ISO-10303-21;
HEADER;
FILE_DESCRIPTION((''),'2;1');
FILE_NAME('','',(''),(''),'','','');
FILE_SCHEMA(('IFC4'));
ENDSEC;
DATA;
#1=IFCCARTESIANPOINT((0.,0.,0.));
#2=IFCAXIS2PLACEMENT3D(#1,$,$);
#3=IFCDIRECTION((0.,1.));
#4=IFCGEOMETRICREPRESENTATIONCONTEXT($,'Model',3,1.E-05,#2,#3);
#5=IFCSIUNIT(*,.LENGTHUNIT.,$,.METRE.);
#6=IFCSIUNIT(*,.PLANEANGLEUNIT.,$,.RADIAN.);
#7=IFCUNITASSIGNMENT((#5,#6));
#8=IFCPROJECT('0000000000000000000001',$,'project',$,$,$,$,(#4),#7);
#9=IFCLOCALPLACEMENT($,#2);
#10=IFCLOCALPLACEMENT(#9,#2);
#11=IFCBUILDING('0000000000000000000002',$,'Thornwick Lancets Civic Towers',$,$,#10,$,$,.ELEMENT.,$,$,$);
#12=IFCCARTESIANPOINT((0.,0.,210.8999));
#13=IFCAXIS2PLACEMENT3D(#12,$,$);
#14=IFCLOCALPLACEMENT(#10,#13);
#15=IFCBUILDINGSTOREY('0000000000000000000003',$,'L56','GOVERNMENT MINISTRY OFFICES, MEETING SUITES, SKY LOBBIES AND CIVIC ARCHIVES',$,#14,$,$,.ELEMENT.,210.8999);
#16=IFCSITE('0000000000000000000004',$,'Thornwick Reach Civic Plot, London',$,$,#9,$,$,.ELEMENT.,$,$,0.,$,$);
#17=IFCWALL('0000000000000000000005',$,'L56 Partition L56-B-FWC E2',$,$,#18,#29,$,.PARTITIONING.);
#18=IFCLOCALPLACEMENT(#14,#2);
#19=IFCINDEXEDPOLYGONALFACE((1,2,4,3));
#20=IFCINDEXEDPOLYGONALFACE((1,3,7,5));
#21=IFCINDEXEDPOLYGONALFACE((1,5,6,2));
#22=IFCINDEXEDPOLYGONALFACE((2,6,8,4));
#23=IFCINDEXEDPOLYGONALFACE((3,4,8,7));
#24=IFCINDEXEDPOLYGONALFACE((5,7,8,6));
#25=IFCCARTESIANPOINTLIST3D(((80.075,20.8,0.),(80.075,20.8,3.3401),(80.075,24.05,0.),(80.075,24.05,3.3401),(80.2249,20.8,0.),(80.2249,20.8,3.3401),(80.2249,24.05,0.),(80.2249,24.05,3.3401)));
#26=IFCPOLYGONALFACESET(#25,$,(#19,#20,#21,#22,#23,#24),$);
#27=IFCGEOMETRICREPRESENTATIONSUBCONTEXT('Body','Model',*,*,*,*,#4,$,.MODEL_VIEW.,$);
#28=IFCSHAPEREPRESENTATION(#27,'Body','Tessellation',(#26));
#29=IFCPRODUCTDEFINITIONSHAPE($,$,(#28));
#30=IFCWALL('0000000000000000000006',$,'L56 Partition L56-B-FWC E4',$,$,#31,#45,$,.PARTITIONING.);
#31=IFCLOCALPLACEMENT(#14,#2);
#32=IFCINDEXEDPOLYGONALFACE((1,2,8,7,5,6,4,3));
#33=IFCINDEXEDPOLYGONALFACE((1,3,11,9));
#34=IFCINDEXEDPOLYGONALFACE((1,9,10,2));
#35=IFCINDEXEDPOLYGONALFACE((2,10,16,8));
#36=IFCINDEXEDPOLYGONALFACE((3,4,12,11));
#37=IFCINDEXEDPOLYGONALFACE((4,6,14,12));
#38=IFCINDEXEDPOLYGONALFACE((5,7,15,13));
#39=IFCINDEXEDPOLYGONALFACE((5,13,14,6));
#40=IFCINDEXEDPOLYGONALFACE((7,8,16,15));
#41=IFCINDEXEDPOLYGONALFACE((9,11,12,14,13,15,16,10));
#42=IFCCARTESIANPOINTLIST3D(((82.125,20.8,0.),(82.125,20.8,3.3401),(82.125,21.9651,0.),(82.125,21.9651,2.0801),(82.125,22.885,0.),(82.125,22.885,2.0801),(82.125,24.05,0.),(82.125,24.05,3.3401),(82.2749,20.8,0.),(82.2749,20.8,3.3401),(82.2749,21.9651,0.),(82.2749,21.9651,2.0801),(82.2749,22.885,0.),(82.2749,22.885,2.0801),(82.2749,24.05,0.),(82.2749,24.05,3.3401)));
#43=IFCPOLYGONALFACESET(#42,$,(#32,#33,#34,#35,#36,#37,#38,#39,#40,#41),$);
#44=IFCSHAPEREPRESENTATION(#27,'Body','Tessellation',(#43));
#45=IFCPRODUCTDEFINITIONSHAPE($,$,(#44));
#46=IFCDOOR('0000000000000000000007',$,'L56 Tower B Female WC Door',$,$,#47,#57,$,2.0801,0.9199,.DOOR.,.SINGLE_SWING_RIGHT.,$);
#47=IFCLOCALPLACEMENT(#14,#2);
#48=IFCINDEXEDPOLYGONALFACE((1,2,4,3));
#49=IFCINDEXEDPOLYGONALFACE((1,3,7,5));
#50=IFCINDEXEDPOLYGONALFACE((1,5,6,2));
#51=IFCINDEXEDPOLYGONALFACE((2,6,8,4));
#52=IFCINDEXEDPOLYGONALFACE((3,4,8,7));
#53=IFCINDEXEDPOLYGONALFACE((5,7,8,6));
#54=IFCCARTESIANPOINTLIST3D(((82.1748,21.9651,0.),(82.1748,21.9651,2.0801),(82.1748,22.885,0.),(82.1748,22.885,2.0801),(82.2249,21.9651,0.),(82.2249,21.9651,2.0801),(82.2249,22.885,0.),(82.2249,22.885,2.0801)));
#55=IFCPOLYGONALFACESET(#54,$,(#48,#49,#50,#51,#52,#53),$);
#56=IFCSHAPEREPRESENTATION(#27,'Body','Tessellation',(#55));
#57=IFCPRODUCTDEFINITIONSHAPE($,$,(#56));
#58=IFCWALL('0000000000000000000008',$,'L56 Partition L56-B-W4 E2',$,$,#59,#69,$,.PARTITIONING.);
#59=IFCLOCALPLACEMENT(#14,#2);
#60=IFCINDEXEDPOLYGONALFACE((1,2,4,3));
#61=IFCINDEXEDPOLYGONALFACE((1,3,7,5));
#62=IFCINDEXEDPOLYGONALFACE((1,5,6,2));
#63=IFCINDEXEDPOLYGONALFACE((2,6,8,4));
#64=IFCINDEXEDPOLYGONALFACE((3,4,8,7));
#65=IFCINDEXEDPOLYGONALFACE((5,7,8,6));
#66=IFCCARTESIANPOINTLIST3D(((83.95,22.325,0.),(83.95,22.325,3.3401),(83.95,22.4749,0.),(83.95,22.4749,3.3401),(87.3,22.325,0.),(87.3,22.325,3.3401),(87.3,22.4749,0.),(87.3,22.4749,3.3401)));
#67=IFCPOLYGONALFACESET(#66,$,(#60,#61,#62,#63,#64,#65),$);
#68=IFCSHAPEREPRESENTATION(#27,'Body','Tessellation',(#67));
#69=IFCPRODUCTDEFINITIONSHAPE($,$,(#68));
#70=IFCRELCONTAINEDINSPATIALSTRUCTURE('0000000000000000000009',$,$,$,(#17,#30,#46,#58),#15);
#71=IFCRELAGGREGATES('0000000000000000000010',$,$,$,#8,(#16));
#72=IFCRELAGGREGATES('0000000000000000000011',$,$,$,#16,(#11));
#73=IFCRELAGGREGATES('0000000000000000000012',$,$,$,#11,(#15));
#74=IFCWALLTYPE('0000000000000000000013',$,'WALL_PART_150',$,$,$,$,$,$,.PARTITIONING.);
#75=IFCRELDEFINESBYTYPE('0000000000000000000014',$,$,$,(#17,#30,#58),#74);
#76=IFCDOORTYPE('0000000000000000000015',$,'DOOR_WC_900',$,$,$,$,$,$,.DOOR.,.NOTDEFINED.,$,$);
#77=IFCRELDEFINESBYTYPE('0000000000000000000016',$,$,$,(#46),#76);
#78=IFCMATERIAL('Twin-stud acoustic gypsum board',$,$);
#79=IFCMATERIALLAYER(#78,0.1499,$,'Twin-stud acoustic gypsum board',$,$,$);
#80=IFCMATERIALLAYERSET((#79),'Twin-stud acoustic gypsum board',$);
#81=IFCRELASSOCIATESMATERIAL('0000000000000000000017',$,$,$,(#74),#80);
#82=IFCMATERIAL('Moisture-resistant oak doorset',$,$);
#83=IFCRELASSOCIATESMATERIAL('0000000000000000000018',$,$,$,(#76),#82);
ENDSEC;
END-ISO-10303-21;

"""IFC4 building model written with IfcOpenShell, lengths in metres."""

from ifc_helpers import new_model, si_unit, direction, frame, frame_2d, origin, place, context, subcontext, project, spatial, rectangle, extrude, material, layer, layer_set, type_object, element, fill, save


model = new_model("IFC4")

# Units and contexts
model_context = context("Model", 3, precision=1e-05, world=origin(), true_north=direction((0.0, 1.0)))
body_context = subcontext(model_context, "Body", "Model", "MODEL_VIEW")
ifc_project = project(units=[si_unit("LENGTHUNIT", "METRE"), si_unit("PLANEANGLEUNIT", "RADIAN")], contexts=[model_context])

# Site, building, storey
site_placement = place(None, origin())
site = spatial("IfcSite", under=ifc_project, at=site_placement, Name="Thornwick Reach Civic Plot, London", CompositionType="ELEMENT", RefElevation=0.0)
building_placement = place(site_placement, origin())
building = spatial("IfcBuilding", under=site, at=building_placement, Name="Thornwick Lancets Civic Towers", CompositionType="ELEMENT")
storey_placement = place(building_placement, frame((0.0, 0.0, 210.8999)))
storey = spatial("IfcBuildingStorey", under=building, at=storey_placement, Name="L56", Description="GOVERNMENT MINISTRY OFFICES, MEETING SUITES, SKY LOBBIES AND CIVIC ARCHIVES", CompositionType="ELEMENT", Elevation=210.8999)

# Wall
ifc_material_1 = material(Name="Twin-stud acoustic gypsum board")
ifc_layer_1 = layer(ifc_material_1, 0.1499, Name="Twin-stud acoustic gypsum board")
ifc_layer_set_1 = layer_set([ifc_layer_1], Name="Twin-stud acoustic gypsum board")
wall_type_1 = type_object("IfcWallType", Name="WALL_PART_150", PredefinedType="PARTITIONING", material=ifc_layer_set_1)
wall_1_placement = place(storey_placement, frame((80.1499, 20.8, 0.0), z_axis=(0.0, 0.0, 1.0), x_axis=(0.0, 1.0, 0.0)))
element("IfcWall", 1, at=wall_1_placement, inside=storey, type_object=wall_type_1, Name="L56 Partition L56-B-FWC E2", PredefinedType="PARTITIONING", context=body_context, shape_type="SweptSolid", body=[
    extrude(rectangle(XDim=3.25, YDim=0.1499, at=frame_2d((1.625, 0.0))), origin(), (0.0, 0.0, 1.0), 3.3401),
])

# Wall, opening, door
wall_2_placement = place(storey_placement, frame((82.2, 24.05, 0.0), z_axis=(0.0, 0.0, 1.0), x_axis=(0.0, -1.0, 0.0)))
wall_2 = element("IfcWall", 2, at=wall_2_placement, inside=storey, type_object=wall_type_1, Name="L56 Partition L56-B-FWC E4", PredefinedType="PARTITIONING", context=body_context, shape_type="SweptSolid", body=[
    extrude(rectangle(XDim=3.25, YDim=0.1499, at=frame_2d((1.625, 0.0))), origin(), (0.0, 0.0, 1.0), 3.3401),
])
opening_1_placement = place(wall_2_placement, frame((1.165, 0.0, 0.0)))
opening_1 = element("IfcOpeningElement", 3, at=opening_1_placement, cuts=wall_2, PredefinedType="OPENING", context=body_context, shape_type="SweptSolid", body=[
    extrude(rectangle(XDim=0.9199, YDim=2.0801, at=frame_2d((0.46, 1.04))), frame((0.0, 0.085, 0.0), z_axis=(0.0, -1.0, 0.0), x_axis=(1.0, 0.0, 0.0)), (0.0, 0.0, 1.0), 0.1699),
])
ifc_material_2 = material(Name="Moisture-resistant oak doorset")
door_type_1 = type_object("IfcDoorType", Name="DOOR_WC_900", OperationType="NOTDEFINED", PredefinedType="DOOR", material=ifc_material_2)
door_1_placement = place(opening_1_placement, origin())
door_1 = element("IfcDoor", 4, at=door_1_placement, inside=storey, type_object=door_type_1, Name="L56 Tower B Female WC Door", OperationType="SINGLE_SWING_RIGHT", OverallHeight=2.0801, OverallWidth=0.9199, PredefinedType="DOOR", context=body_context, shape_type="SweptSolid", body=[
    extrude(rectangle(XDim=0.9199, YDim=2.0801, at=frame_2d((0.46, 1.04))), frame((0.0, 0.0249, 0.0), z_axis=(0.0, -1.0, 0.0), x_axis=(1.0, 0.0, 0.0)), (0.0, 0.0, 1.0), 0.05),
])
fill(opening_1, door_1)

# Wall
wall_3_placement = place(storey_placement, frame((83.95, 22.3999, 0.0), z_axis=(0.0, 0.0, 1.0), x_axis=(1.0, 0.0, 0.0)))
element("IfcWall", 5, at=wall_3_placement, inside=storey, type_object=wall_type_1, Name="L56 Partition L56-B-W4 E2", PredefinedType="PARTITIONING", context=body_context, shape_type="SweptSolid", body=[
    extrude(rectangle(XDim=3.3501, YDim=0.1499, at=frame_2d((1.675, 0.0))), origin(), (0.0, 0.0, 1.0), 3.3401),
])

save(model, "model.ifc")
